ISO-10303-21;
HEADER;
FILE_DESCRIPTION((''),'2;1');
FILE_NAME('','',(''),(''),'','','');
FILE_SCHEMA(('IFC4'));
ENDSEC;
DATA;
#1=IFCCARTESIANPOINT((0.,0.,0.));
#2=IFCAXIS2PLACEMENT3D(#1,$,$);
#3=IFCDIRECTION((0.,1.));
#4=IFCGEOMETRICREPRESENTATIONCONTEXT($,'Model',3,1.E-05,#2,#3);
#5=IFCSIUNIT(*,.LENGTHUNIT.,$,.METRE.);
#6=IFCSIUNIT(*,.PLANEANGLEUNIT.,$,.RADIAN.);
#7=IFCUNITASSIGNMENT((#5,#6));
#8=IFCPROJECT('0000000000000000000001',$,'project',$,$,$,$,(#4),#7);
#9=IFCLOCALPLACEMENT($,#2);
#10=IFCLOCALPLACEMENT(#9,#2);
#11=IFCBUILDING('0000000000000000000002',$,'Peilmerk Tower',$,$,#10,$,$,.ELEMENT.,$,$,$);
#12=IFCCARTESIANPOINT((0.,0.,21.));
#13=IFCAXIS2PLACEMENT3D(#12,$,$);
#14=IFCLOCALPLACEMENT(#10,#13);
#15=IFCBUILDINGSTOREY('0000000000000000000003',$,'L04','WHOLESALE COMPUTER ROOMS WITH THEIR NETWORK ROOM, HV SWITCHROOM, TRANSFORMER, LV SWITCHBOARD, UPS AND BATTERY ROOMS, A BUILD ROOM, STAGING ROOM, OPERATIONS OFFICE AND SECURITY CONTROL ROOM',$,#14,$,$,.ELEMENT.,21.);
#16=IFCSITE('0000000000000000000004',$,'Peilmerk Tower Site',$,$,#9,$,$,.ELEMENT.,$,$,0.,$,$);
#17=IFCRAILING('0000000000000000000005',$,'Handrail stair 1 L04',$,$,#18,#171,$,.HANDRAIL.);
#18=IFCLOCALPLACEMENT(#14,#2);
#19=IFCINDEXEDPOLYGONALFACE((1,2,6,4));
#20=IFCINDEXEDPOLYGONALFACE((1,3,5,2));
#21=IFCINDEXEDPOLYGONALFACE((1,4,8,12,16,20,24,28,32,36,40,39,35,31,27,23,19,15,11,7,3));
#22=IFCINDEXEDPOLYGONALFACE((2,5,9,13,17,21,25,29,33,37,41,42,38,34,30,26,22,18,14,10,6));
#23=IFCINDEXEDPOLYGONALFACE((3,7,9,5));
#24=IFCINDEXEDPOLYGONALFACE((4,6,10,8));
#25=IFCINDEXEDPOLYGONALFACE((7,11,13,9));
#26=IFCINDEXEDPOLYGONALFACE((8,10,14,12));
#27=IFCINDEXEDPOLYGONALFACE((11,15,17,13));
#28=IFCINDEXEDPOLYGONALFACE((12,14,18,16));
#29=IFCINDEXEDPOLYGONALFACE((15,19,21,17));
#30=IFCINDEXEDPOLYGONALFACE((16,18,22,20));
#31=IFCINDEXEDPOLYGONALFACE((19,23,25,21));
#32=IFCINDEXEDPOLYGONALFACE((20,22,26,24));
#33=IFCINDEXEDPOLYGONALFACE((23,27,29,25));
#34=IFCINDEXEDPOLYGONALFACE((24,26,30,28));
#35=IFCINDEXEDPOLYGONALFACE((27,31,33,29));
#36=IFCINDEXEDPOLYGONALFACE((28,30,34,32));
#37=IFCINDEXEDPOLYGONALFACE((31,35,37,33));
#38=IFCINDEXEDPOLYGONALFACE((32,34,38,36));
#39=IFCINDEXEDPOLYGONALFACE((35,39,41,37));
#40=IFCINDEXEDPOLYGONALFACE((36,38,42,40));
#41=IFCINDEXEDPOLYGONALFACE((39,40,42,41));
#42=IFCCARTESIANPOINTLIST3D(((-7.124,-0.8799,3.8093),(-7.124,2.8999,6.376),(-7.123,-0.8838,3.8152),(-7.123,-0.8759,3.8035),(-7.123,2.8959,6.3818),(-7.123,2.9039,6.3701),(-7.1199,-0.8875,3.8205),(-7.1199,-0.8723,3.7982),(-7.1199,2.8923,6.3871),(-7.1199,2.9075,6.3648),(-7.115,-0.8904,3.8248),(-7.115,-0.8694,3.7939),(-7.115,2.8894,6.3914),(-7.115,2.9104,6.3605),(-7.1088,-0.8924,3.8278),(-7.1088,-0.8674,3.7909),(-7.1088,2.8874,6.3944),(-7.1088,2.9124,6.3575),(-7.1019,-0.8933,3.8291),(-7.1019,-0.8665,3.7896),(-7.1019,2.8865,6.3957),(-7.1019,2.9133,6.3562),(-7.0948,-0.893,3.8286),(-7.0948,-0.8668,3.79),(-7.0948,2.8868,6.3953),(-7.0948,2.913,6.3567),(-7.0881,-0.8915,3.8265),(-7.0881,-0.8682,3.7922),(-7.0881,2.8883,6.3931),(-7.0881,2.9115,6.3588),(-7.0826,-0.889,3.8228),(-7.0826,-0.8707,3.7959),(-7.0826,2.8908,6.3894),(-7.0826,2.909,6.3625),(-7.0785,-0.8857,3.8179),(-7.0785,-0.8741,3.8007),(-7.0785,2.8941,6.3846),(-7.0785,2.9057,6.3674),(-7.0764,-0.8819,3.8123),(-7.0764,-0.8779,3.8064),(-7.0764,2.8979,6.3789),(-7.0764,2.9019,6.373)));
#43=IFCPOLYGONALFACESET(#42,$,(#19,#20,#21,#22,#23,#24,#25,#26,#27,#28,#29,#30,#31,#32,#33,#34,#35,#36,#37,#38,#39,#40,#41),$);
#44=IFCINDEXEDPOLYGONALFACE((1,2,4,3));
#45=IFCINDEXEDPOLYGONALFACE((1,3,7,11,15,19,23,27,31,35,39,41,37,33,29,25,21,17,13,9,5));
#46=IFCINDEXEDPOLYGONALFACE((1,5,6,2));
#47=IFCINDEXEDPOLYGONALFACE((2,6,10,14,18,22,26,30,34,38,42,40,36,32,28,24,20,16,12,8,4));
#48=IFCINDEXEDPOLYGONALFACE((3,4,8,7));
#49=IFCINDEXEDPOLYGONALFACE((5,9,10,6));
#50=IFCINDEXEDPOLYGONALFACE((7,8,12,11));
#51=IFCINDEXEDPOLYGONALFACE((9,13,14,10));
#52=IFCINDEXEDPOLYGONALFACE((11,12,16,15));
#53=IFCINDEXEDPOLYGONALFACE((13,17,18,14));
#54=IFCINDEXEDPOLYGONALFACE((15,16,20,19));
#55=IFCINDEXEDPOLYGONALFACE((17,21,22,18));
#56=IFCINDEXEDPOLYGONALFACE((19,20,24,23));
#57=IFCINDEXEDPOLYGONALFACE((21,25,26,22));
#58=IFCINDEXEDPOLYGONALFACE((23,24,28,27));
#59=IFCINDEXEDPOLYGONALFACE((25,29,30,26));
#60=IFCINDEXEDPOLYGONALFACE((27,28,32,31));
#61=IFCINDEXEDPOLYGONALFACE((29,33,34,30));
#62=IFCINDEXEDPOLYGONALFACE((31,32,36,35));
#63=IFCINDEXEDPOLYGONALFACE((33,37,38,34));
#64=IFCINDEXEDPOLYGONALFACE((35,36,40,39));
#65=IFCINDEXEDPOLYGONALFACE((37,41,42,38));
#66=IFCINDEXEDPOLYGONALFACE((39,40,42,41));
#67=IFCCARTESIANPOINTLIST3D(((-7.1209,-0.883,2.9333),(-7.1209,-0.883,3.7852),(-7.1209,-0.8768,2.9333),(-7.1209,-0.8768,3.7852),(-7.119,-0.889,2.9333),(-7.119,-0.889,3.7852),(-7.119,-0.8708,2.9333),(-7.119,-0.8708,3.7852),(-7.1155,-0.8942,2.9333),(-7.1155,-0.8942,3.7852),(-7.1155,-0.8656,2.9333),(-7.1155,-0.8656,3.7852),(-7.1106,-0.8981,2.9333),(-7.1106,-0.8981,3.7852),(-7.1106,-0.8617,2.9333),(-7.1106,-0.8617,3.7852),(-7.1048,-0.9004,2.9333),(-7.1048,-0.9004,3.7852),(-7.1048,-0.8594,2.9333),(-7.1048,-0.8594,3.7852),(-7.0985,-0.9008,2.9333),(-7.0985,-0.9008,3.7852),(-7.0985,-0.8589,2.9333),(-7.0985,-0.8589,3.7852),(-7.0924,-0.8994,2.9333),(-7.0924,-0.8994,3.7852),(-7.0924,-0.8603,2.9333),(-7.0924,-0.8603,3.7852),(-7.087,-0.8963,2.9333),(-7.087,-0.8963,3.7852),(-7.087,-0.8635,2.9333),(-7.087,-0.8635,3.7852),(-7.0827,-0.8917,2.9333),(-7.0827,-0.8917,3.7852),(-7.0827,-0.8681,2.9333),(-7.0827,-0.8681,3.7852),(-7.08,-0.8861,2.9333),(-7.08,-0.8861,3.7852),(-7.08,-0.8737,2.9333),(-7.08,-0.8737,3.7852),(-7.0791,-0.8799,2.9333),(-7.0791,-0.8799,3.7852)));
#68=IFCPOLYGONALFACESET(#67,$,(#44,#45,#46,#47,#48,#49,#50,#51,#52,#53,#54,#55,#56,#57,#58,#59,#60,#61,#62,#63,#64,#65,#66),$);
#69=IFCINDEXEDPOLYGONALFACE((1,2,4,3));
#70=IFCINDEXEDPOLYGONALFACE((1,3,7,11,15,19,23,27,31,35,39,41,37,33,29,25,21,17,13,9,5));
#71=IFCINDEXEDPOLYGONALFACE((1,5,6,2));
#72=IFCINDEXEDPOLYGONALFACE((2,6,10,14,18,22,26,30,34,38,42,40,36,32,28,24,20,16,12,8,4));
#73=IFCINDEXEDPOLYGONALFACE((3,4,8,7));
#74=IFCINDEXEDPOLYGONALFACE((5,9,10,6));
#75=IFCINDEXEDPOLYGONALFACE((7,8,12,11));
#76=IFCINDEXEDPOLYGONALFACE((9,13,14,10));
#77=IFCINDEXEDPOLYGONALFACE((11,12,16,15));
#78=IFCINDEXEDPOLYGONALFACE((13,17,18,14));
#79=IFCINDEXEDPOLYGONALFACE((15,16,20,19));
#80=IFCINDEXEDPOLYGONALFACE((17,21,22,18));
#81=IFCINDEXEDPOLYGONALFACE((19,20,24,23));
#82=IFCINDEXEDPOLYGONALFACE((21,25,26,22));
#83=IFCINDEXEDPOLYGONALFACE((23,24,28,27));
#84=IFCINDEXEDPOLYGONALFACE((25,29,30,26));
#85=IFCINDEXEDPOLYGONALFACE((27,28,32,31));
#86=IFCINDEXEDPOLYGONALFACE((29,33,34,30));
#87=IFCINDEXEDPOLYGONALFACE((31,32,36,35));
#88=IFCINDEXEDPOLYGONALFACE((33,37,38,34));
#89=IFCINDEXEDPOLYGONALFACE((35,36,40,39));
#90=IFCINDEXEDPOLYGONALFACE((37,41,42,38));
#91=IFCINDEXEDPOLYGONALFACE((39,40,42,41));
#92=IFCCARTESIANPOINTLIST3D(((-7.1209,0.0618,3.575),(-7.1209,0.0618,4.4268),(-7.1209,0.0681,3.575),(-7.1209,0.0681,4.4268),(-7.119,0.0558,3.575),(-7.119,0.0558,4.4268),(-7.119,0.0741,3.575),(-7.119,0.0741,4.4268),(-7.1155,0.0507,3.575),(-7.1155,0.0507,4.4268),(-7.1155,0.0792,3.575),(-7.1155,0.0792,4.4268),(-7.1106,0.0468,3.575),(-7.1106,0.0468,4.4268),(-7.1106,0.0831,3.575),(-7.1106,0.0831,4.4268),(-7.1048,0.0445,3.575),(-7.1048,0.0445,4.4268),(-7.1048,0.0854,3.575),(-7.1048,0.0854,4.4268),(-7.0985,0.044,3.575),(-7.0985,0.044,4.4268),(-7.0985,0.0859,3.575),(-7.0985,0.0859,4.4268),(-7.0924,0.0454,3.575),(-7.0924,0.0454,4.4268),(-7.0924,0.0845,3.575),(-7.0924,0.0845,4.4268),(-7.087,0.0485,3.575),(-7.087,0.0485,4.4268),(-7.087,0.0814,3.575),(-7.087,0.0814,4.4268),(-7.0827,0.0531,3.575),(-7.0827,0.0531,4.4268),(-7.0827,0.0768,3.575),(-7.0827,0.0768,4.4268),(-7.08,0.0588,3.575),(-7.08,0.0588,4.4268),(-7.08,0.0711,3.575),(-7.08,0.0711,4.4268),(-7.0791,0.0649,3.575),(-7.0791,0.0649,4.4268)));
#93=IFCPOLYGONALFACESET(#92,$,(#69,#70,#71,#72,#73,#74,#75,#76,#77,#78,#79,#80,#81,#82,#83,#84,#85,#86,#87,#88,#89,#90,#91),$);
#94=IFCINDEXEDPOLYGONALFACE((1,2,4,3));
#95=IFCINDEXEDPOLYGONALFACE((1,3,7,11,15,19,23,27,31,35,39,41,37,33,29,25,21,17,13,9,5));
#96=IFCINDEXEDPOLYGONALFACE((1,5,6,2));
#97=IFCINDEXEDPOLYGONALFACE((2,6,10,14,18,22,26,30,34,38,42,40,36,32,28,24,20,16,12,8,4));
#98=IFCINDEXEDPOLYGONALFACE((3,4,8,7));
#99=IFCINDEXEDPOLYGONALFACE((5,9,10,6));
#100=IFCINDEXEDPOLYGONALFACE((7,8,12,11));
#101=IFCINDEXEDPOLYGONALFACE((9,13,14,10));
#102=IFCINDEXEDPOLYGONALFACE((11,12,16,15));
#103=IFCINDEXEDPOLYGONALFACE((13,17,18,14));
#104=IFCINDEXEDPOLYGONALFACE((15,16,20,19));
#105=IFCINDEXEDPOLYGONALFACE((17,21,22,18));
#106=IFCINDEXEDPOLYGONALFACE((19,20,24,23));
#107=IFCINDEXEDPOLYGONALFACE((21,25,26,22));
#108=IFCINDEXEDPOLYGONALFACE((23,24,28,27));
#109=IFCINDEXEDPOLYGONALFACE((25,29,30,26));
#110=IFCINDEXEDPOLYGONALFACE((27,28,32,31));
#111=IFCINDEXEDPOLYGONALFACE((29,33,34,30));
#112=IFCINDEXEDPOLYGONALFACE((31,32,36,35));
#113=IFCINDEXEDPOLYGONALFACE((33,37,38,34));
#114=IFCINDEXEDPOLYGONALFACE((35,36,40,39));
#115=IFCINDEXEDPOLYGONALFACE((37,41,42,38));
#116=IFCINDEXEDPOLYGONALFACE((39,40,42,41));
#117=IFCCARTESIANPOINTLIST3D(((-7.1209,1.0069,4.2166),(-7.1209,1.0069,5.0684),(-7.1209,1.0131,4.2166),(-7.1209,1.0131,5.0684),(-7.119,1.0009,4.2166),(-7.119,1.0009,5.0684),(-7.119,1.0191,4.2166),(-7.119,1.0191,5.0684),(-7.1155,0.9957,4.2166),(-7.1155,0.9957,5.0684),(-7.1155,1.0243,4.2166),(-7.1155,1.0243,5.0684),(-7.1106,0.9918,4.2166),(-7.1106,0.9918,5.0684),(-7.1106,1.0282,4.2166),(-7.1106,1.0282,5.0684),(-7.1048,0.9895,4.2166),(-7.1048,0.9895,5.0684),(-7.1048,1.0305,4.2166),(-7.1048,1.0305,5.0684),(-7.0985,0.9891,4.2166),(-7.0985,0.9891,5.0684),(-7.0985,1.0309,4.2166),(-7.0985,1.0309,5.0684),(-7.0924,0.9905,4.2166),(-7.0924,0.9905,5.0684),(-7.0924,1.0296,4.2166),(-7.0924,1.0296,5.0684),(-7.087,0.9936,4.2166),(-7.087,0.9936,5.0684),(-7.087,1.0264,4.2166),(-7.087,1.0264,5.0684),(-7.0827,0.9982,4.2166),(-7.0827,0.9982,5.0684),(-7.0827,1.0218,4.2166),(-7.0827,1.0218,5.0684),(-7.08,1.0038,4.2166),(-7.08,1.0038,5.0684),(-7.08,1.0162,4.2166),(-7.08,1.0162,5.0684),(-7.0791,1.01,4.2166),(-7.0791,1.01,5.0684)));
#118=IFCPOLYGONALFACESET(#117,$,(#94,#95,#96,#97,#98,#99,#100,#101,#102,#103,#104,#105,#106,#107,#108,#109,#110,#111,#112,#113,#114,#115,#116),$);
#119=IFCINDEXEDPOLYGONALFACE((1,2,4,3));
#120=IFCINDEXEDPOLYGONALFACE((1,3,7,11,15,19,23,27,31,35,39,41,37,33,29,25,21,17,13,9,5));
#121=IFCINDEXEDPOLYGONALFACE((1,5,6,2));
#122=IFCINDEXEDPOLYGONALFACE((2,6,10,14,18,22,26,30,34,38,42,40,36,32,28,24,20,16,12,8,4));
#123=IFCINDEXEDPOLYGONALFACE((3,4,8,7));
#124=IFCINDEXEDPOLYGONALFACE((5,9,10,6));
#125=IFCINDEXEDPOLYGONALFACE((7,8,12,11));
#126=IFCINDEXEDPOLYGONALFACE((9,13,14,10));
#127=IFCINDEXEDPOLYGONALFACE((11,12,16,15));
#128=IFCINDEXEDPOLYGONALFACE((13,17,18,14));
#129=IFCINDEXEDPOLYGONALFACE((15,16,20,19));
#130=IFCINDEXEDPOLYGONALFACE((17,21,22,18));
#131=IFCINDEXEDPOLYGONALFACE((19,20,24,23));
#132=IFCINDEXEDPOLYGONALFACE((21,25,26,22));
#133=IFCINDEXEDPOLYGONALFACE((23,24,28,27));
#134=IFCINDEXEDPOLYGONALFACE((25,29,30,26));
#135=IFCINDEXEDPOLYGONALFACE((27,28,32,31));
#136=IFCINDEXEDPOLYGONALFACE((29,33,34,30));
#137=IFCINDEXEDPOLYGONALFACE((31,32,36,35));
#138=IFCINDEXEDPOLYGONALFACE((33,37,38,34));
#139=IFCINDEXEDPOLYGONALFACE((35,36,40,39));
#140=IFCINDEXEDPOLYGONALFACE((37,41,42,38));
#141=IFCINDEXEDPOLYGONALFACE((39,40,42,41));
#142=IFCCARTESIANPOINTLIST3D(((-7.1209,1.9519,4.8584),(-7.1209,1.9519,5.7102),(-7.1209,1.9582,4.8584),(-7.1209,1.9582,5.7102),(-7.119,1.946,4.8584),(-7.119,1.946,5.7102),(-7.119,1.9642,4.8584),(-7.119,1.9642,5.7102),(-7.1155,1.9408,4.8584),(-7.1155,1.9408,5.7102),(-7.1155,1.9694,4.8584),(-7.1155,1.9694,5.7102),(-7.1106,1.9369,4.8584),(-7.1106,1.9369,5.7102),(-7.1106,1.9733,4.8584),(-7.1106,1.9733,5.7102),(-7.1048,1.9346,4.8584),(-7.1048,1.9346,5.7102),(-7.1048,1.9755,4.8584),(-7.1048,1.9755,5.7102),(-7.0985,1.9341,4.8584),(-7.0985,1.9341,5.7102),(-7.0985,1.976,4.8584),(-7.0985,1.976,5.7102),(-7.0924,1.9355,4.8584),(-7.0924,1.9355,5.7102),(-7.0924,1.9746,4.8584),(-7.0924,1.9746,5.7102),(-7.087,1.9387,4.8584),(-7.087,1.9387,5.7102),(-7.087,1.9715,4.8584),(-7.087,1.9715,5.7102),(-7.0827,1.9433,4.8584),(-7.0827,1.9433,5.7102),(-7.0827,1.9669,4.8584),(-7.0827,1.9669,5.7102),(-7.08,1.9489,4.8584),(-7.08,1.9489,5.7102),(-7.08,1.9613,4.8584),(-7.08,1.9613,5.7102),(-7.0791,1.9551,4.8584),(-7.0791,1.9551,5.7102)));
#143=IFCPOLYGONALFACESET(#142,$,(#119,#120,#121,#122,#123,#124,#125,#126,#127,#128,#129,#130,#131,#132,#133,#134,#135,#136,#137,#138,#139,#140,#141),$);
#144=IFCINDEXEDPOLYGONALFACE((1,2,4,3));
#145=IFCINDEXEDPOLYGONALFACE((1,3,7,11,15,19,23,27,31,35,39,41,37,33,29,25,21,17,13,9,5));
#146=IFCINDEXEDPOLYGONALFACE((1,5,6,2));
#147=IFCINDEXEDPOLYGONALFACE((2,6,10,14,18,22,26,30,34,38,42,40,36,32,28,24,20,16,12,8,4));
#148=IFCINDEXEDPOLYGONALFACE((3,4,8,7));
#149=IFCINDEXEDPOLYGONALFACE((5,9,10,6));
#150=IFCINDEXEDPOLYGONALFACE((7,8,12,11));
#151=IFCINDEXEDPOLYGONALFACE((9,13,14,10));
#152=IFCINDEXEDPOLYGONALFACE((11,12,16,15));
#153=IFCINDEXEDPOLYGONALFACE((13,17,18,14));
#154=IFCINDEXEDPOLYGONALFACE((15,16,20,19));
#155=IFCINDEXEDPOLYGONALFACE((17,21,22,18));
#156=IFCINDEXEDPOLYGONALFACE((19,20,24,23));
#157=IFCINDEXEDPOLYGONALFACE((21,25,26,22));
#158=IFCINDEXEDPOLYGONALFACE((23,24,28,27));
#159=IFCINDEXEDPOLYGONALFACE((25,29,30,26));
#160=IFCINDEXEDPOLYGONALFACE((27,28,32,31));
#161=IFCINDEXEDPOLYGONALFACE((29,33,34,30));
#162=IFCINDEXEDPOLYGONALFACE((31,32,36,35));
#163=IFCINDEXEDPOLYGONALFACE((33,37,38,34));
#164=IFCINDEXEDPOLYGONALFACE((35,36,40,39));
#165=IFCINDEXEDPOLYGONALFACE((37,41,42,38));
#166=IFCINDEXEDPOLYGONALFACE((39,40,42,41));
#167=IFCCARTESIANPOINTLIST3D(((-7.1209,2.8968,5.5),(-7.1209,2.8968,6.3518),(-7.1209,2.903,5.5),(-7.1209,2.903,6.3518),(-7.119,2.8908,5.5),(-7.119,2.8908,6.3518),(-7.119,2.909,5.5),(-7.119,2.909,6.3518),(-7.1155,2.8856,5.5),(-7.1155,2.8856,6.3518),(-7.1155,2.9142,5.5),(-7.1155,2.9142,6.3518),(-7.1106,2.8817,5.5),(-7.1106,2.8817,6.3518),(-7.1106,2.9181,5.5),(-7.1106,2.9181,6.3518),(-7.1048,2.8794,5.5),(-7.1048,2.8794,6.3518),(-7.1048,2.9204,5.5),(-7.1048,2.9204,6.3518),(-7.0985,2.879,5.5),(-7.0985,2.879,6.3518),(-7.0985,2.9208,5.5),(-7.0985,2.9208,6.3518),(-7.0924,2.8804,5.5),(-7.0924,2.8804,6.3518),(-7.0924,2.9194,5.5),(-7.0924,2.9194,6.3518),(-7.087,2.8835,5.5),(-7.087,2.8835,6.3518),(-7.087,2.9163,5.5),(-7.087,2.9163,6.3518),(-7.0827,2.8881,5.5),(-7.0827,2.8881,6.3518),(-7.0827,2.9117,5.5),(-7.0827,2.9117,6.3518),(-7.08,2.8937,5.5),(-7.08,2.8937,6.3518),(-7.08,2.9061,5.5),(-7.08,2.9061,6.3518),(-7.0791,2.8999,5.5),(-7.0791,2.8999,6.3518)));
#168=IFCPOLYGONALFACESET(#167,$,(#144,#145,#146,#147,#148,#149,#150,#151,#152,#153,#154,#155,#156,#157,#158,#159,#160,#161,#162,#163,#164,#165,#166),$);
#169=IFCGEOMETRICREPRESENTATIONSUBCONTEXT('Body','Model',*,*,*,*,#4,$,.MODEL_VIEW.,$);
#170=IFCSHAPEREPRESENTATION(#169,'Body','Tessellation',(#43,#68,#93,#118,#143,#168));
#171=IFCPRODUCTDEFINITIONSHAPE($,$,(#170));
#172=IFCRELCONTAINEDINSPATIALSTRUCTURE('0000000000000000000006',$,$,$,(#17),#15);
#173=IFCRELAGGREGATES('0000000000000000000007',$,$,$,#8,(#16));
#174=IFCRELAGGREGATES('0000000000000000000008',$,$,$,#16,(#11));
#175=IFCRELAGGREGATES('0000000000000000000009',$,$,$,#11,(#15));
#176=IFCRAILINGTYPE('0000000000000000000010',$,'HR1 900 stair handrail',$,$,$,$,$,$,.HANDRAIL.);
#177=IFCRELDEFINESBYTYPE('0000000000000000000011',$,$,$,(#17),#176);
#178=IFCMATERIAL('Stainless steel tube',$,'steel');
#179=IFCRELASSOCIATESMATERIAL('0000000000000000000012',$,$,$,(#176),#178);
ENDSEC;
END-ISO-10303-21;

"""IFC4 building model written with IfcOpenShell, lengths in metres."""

from ifc_helpers import new_model, si_unit, direction, frame, origin, origin_2d, place, context, subcontext, project, spatial, circle, extrude, material, type_object, element, save


model = new_model("IFC4")

# Units and contexts
model_context = context("Model", 3, precision=1e-05, world=origin(), true_north=direction((0.0, 1.0)))
body_context = subcontext(model_context, "Body", "Model", "MODEL_VIEW")
ifc_project = project(units=[si_unit("LENGTHUNIT", "METRE"), si_unit("PLANEANGLEUNIT", "RADIAN")], contexts=[model_context])

# Site, building, storey
site_placement = place(None, origin())
site = spatial("IfcSite", under=ifc_project, at=site_placement, Name="Peilmerk Tower Site", CompositionType="ELEMENT", RefElevation=0.0)
building_placement = place(site_placement, origin())
building = spatial("IfcBuilding", under=site, at=building_placement, Name="Peilmerk Tower", CompositionType="ELEMENT")
storey_placement = place(building_placement, frame((0.0, 0.0, 21.0)))
storey = spatial("IfcBuildingStorey", under=building, at=storey_placement, Name="L04", Description="WHOLESALE COMPUTER ROOMS WITH THEIR NETWORK ROOM, HV SWITCHROOM, TRANSFORMER, LV SWITCHBOARD, UPS AND BATTERY ROOMS, A BUILD ROOM, STAGING ROOM, OPERATIONS OFFICE AND SECURITY CONTROL ROOM", CompositionType="ELEMENT", Elevation=21.0)

# Railing
ifc_material_1 = material(Name="Stainless steel tube", Category="steel")
railing_type_1 = type_object("IfcRailingType", Name="HR1 900 stair handrail", PredefinedType="HANDRAIL", material=ifc_material_1)
railing_1_placement = place(storey_placement, frame((-7.1001, -0.8799, 2.9333)))
element("IfcRailing", 1, at=railing_1_placement, inside=storey, type_object=railing_type_1, Name="Handrail stair 1 L04", PredefinedType="HANDRAIL", context=body_context, shape_type="SweptSolid", body=[
    extrude(circle(Radius=0.0239, at=origin_2d()), frame((0.0, 0.0, 0.876), z_axis=(0.0, 0.827293, 0.561771), x_axis=(-1.0, 0.0, 0.0)), (0.0, 0.0, 1.0), 4.5688),
    extrude(circle(Radius=0.021, at=origin_2d()), origin(), (0.0, 0.0, 1.0), 0.8518),
    extrude(circle(Radius=0.021, at=origin_2d()), frame((0.0, 0.9448, 0.6416)), (0.0, 0.0, 1.0), 0.8518),
    extrude(circle(Radius=0.021, at=origin_2d()), frame((0.0, 1.8899, 1.2832)), (0.0, 0.0, 1.0), 0.8518),
    extrude(circle(Radius=0.021, at=origin_2d()), frame((0.0, 2.835, 1.925)), (0.0, 0.0, 1.0), 0.8518),
    extrude(circle(Radius=0.021, at=origin_2d()), frame((0.0, 3.7798, 2.5667)), (0.0, 0.0, 1.0), 0.8518),
])

save(model, "model.ifc")
